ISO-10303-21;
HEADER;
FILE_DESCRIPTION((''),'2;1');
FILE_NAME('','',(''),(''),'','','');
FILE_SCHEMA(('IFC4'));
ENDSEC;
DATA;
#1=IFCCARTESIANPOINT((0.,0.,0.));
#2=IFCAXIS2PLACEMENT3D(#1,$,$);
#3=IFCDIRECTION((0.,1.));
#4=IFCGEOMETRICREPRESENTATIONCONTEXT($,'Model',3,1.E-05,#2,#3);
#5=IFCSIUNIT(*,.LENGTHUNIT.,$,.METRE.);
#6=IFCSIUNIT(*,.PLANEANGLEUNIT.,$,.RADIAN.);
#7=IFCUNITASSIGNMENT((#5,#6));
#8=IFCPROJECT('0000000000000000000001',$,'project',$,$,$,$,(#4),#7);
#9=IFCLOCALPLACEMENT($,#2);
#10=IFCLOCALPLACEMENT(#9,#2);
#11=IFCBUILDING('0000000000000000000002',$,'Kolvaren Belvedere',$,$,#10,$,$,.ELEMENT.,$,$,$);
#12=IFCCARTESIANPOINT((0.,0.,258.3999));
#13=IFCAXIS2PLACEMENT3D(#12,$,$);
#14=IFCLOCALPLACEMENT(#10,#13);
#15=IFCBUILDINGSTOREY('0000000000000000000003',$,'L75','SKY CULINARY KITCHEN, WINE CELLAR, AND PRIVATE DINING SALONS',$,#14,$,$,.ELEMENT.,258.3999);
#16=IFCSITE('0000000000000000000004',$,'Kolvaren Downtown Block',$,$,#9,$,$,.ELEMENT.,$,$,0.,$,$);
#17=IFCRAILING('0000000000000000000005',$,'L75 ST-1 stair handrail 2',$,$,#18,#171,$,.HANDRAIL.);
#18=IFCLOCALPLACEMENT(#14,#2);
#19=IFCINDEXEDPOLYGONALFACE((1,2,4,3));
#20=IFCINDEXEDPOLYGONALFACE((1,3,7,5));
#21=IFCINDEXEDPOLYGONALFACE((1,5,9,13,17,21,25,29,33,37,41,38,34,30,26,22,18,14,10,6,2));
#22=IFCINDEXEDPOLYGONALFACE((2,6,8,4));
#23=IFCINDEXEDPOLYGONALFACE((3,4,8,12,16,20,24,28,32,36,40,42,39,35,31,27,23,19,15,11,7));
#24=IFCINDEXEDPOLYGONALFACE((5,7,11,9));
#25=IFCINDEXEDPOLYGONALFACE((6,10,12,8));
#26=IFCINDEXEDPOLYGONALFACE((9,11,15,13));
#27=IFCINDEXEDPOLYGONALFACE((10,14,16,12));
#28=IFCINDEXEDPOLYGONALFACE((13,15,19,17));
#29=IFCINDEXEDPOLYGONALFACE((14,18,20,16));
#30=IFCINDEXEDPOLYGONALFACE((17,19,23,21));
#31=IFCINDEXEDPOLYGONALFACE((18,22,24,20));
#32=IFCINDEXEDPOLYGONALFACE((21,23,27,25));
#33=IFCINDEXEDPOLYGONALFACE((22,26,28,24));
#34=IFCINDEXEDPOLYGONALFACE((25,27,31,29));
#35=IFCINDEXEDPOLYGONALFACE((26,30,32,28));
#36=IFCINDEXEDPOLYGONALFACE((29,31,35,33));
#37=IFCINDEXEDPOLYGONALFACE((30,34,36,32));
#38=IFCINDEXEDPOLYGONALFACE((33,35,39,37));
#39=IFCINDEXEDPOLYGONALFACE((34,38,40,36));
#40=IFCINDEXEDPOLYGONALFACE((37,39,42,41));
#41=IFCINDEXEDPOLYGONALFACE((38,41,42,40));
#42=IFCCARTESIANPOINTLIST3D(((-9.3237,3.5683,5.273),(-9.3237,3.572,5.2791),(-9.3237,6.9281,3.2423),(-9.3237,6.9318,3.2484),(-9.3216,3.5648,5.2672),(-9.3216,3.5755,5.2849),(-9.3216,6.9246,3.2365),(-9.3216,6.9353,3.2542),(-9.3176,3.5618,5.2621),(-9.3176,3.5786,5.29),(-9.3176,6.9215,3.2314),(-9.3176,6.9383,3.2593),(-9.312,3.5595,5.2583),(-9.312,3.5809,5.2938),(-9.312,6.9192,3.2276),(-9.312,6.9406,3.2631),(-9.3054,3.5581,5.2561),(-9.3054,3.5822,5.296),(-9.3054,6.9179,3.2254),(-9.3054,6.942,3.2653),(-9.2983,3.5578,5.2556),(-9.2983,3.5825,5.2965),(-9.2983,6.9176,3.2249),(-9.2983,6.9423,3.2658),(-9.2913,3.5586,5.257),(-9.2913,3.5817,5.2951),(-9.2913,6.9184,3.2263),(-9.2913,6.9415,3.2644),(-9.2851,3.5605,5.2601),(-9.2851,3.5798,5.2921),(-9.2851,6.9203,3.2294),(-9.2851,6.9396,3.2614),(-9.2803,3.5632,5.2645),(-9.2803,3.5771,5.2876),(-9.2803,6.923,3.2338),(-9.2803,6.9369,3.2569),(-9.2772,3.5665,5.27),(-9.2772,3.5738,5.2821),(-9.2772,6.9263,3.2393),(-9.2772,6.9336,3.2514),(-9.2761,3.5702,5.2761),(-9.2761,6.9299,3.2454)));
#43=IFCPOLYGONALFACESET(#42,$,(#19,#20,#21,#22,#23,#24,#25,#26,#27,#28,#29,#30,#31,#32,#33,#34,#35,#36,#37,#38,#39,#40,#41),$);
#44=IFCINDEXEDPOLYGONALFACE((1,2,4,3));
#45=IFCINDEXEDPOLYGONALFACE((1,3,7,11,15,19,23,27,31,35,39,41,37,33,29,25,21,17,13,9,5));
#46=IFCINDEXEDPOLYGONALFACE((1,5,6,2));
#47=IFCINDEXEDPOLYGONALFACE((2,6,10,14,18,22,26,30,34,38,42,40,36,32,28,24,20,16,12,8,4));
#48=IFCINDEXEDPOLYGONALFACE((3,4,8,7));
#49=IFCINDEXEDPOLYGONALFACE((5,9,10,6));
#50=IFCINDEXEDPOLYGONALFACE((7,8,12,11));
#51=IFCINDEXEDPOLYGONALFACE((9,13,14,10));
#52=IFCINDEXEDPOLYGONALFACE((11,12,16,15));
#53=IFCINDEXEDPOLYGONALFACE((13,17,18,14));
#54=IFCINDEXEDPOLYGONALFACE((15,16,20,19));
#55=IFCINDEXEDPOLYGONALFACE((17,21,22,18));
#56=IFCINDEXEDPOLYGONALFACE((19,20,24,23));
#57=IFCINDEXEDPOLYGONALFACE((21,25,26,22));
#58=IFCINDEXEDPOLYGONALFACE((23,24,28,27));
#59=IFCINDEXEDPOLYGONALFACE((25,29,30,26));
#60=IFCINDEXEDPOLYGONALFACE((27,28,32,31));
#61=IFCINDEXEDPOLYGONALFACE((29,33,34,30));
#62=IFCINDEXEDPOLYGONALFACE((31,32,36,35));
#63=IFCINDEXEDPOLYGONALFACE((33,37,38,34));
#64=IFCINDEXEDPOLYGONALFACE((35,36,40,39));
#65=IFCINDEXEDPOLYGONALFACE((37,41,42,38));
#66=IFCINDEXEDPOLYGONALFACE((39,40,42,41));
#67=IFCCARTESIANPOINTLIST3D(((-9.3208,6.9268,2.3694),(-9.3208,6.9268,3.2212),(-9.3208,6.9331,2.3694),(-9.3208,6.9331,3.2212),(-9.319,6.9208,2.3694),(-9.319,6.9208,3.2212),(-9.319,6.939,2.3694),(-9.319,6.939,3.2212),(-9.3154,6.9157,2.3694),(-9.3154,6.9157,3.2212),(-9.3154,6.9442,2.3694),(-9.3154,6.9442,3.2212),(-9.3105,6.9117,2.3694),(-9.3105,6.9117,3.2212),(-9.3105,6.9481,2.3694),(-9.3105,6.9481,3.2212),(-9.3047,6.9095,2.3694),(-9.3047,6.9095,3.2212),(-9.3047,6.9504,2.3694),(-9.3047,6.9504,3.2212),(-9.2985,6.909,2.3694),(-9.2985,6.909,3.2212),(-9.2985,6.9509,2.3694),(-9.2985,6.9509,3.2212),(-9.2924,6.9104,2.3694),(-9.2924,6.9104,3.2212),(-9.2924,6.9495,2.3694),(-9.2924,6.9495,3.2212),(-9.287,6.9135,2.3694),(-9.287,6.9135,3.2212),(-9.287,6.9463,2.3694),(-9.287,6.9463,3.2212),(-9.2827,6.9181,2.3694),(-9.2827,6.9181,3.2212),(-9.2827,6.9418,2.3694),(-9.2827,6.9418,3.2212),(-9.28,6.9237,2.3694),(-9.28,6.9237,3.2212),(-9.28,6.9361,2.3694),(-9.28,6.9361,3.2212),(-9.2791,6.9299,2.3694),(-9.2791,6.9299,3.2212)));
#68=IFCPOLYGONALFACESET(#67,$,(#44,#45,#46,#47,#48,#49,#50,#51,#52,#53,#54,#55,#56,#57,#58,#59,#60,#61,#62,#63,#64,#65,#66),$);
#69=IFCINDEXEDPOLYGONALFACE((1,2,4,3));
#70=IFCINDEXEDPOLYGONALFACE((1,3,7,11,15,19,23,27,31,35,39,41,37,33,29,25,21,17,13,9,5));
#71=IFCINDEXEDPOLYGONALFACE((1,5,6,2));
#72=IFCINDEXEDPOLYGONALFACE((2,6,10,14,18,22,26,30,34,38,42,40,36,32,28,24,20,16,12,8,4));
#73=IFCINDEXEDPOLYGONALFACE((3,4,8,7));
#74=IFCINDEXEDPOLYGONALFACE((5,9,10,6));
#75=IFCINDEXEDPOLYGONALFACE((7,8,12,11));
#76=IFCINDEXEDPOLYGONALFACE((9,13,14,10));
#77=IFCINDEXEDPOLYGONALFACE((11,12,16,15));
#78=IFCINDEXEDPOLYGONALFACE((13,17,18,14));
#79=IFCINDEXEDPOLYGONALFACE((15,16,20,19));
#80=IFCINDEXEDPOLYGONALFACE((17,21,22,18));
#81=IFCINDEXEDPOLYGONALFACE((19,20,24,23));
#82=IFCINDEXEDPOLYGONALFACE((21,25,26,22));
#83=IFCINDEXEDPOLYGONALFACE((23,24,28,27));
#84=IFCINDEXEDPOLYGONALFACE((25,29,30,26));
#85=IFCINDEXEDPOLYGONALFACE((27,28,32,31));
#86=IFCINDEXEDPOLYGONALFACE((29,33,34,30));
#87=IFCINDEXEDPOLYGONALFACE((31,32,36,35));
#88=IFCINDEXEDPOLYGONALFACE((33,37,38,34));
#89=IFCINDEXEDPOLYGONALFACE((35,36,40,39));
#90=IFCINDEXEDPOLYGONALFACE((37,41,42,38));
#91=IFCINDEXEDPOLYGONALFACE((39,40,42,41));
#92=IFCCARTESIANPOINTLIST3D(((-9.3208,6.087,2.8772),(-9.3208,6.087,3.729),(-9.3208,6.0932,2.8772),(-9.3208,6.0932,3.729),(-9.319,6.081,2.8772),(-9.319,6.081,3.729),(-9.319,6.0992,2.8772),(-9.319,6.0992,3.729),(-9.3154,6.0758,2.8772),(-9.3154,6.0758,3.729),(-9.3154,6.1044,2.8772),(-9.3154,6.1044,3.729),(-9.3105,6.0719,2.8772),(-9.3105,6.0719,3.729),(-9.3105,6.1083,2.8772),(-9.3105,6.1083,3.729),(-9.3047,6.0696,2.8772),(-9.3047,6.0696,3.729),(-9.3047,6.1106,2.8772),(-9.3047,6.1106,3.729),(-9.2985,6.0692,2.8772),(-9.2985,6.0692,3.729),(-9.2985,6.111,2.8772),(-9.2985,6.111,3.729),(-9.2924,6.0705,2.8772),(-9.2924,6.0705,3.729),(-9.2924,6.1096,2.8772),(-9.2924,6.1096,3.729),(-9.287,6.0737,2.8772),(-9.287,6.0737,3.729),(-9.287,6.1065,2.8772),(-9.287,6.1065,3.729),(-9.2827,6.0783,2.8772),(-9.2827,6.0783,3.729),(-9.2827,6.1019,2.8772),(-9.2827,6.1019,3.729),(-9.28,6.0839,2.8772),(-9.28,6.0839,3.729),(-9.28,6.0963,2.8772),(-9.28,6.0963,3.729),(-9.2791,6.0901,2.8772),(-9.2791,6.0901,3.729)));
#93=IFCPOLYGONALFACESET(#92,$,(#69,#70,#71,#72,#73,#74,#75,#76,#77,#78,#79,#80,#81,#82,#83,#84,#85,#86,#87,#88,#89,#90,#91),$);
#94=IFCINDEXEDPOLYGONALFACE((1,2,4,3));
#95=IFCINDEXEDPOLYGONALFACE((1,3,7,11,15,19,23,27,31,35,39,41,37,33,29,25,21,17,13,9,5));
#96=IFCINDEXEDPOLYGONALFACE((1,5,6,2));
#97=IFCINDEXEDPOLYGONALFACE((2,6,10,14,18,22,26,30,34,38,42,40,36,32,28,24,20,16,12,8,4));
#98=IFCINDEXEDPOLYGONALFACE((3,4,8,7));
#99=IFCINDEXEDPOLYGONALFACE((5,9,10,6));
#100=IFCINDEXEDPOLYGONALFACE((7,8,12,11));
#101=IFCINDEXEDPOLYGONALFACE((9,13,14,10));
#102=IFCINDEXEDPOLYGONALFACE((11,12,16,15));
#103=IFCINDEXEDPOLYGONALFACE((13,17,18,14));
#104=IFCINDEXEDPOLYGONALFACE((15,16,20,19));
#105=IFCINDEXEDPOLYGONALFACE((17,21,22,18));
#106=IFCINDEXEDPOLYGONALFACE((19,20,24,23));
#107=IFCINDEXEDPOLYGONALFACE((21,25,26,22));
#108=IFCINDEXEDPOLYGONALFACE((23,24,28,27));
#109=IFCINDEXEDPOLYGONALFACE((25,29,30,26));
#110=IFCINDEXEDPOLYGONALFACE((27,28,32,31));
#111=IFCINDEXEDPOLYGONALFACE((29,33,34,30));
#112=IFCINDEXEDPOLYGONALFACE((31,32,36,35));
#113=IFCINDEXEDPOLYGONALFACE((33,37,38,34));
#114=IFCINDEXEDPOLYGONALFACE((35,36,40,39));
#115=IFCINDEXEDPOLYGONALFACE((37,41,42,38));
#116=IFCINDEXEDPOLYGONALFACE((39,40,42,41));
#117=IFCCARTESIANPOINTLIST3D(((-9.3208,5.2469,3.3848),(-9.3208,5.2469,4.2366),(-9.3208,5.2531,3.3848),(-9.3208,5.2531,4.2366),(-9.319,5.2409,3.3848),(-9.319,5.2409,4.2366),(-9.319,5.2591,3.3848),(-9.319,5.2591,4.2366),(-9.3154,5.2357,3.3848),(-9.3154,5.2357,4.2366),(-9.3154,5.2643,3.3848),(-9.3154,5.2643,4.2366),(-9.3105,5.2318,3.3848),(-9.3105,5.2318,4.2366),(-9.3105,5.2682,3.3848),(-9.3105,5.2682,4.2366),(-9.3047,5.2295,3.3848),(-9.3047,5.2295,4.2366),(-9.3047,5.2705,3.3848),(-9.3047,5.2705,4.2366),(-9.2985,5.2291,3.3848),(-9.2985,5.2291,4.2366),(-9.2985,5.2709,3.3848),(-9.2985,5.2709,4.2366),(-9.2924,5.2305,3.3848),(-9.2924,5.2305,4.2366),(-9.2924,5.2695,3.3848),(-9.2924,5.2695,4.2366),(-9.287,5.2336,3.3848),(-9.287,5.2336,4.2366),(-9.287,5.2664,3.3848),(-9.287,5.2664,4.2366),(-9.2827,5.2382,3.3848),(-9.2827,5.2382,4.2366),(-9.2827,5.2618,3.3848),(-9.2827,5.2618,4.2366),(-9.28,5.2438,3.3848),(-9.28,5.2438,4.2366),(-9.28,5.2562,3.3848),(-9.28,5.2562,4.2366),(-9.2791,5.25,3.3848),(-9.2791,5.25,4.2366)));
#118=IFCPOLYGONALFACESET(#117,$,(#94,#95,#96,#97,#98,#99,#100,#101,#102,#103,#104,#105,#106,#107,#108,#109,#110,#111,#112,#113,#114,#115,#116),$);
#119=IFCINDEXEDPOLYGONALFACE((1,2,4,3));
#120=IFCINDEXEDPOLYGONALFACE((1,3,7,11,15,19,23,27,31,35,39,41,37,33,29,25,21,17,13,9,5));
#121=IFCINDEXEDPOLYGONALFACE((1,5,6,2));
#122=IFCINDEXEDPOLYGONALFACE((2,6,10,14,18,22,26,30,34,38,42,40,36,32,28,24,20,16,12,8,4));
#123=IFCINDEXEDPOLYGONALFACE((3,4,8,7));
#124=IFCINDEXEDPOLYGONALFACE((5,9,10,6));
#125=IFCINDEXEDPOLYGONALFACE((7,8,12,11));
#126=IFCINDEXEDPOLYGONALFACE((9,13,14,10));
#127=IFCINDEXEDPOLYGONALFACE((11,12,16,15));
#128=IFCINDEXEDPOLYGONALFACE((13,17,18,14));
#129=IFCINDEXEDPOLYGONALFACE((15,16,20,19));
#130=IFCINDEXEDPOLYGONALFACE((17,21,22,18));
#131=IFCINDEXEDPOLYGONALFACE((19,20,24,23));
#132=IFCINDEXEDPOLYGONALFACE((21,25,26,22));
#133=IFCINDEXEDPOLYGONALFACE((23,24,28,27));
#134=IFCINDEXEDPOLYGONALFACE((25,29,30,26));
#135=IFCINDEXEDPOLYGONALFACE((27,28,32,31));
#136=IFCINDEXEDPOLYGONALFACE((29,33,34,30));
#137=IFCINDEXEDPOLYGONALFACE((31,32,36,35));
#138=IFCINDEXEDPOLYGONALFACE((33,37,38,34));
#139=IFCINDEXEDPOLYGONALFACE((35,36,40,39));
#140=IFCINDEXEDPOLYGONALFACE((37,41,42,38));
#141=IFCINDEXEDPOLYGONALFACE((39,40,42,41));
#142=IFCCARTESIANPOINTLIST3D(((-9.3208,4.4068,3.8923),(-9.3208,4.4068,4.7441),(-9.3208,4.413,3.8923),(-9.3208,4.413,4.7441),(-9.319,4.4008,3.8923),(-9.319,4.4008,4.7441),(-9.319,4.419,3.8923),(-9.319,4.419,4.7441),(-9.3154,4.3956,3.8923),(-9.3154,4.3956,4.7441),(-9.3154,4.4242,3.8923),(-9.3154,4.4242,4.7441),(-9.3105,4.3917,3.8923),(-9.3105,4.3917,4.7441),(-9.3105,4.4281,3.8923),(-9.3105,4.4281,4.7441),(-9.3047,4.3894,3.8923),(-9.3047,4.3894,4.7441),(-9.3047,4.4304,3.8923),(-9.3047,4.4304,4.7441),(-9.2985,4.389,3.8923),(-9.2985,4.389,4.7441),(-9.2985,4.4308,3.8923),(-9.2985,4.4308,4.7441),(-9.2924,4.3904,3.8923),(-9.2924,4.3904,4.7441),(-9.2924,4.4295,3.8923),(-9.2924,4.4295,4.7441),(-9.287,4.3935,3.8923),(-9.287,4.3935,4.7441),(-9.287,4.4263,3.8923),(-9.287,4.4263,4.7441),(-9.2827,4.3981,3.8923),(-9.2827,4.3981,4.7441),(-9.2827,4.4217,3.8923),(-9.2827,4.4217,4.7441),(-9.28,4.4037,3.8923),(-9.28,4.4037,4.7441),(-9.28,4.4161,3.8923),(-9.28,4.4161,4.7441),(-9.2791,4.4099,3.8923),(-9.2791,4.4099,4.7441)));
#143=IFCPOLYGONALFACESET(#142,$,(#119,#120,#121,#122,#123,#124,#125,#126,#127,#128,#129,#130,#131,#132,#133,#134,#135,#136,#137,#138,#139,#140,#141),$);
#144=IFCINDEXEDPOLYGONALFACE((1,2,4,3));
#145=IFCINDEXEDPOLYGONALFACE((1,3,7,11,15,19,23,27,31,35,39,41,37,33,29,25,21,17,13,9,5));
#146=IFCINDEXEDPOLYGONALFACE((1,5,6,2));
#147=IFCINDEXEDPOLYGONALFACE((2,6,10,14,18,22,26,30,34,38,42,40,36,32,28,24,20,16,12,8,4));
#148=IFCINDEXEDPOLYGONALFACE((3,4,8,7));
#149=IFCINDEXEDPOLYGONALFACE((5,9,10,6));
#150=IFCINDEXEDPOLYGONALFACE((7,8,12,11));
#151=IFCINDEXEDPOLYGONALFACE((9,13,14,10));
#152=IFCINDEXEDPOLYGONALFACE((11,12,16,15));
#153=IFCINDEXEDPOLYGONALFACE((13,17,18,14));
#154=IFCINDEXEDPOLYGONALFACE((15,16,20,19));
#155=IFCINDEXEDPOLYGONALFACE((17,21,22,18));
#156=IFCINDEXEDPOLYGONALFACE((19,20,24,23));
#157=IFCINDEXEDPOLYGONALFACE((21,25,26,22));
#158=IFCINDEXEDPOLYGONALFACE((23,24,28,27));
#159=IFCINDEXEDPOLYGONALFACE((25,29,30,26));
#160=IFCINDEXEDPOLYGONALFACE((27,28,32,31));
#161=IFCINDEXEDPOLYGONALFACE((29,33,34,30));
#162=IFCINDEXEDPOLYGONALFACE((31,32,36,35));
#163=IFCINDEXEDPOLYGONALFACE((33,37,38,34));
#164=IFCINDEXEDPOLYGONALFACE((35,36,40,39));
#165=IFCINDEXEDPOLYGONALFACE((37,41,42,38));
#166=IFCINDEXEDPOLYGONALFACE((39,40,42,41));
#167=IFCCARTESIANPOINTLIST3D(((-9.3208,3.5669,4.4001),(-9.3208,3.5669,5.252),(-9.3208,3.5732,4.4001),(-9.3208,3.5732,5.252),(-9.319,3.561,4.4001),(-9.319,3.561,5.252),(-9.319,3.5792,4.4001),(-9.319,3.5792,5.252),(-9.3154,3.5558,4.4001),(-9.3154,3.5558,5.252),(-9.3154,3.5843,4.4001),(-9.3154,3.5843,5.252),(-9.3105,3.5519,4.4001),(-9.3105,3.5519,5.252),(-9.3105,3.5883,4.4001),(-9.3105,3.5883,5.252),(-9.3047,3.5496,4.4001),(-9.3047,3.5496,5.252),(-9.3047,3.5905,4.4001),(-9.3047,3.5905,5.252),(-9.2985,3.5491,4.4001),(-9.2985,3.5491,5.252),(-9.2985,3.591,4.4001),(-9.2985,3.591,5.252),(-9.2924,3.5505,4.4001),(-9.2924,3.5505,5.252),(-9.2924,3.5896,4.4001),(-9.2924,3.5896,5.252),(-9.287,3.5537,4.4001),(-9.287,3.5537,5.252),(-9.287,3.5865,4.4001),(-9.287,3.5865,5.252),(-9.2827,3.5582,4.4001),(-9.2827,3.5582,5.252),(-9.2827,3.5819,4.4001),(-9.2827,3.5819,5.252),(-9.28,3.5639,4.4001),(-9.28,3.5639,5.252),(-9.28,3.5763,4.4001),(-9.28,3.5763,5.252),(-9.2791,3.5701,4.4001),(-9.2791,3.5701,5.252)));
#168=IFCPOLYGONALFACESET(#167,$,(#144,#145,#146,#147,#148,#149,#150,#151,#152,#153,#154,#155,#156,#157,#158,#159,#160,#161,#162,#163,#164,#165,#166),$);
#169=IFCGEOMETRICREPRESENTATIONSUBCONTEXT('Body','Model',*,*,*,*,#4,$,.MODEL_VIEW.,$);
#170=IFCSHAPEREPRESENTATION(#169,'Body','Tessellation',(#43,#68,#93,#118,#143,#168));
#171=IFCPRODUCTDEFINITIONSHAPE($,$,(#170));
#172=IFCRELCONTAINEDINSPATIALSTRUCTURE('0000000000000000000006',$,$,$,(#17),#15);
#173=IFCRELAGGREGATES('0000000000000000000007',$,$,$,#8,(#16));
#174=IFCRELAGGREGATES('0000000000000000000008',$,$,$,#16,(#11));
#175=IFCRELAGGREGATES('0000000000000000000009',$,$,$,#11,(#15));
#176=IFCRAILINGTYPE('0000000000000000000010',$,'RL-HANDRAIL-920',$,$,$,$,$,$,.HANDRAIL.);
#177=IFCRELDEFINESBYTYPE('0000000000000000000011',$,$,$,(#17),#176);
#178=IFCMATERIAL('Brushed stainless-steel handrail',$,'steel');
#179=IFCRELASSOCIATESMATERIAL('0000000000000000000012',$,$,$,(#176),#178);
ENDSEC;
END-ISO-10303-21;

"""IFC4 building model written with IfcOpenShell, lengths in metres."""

from ifc_helpers import new_model, si_unit, direction, frame, origin, origin_2d, place, context, subcontext, project, spatial, circle, extrude, material, type_object, element, save


model = new_model("IFC4")

# Units and contexts
model_context = context("Model", 3, precision=1e-05, world=origin(), true_north=direction((0.0, 1.0)))
body_context = subcontext(model_context, "Body", "Model", "MODEL_VIEW")
ifc_project = project(units=[si_unit("LENGTHUNIT", "METRE"), si_unit("PLANEANGLEUNIT", "RADIAN")], contexts=[model_context])

# Site, building, storey
site_placement = place(None, origin())
site = spatial("IfcSite", under=ifc_project, at=site_placement, Name="Kolvaren Downtown Block", CompositionType="ELEMENT", RefElevation=0.0)
building_placement = place(site_placement, origin())
building = spatial("IfcBuilding", under=site, at=building_placement, Name="Kolvaren Belvedere", CompositionType="ELEMENT")
storey_placement = place(building_placement, frame((0.0, 0.0, 258.3999)))
storey = spatial("IfcBuildingStorey", under=building, at=storey_placement, Name="L75", Description="SKY CULINARY KITCHEN, WINE CELLAR, AND PRIVATE DINING SALONS", CompositionType="ELEMENT", Elevation=258.3999)

# Railing
ifc_material_1 = material(Name="Brushed stainless-steel handrail", Category="steel")
railing_type_1 = type_object("IfcRailingType", Name="RL-HANDRAIL-920", PredefinedType="HANDRAIL", material=ifc_material_1)
railing_1_placement = place(storey_placement, frame((-9.3, 6.9299, 2.3694)))
element("IfcRailing", 1, at=railing_1_placement, inside=storey, type_object=railing_type_1, Name="L75 ST-1 stair handrail 2", PredefinedType="HANDRAIL", context=body_context, shape_type="SweptSolid", body=[
    extrude(circle(Radius=0.0239, at=origin_2d()), frame((0.0, 0.0, 0.876), z_axis=(0.0, -0.85582, 0.517273), x_axis=(1.0, 0.0, 0.0)), (0.0, 0.0, 1.0), 3.9258),
    extrude(circle(Radius=0.021, at=origin_2d()), origin(), (0.0, 0.0, 1.0), 0.8518),
    extrude(circle(Radius=0.021, at=origin_2d()), frame((0.0, -0.8398, 0.5078)), (0.0, 0.0, 1.0), 0.8518),
    extrude(circle(Radius=0.021, at=origin_2d()), frame((0.0, -1.6799, 1.0154)), (0.0, 0.0, 1.0), 0.8518),
    extrude(circle(Radius=0.021, at=origin_2d()), frame((0.0, -2.52, 1.5229)), (0.0, 0.0, 1.0), 0.8518),
    extrude(circle(Radius=0.021, at=origin_2d()), frame((0.0, -3.3599, 2.0308)), (0.0, 0.0, 1.0), 0.8518),
])

save(model, "model.ifc")
